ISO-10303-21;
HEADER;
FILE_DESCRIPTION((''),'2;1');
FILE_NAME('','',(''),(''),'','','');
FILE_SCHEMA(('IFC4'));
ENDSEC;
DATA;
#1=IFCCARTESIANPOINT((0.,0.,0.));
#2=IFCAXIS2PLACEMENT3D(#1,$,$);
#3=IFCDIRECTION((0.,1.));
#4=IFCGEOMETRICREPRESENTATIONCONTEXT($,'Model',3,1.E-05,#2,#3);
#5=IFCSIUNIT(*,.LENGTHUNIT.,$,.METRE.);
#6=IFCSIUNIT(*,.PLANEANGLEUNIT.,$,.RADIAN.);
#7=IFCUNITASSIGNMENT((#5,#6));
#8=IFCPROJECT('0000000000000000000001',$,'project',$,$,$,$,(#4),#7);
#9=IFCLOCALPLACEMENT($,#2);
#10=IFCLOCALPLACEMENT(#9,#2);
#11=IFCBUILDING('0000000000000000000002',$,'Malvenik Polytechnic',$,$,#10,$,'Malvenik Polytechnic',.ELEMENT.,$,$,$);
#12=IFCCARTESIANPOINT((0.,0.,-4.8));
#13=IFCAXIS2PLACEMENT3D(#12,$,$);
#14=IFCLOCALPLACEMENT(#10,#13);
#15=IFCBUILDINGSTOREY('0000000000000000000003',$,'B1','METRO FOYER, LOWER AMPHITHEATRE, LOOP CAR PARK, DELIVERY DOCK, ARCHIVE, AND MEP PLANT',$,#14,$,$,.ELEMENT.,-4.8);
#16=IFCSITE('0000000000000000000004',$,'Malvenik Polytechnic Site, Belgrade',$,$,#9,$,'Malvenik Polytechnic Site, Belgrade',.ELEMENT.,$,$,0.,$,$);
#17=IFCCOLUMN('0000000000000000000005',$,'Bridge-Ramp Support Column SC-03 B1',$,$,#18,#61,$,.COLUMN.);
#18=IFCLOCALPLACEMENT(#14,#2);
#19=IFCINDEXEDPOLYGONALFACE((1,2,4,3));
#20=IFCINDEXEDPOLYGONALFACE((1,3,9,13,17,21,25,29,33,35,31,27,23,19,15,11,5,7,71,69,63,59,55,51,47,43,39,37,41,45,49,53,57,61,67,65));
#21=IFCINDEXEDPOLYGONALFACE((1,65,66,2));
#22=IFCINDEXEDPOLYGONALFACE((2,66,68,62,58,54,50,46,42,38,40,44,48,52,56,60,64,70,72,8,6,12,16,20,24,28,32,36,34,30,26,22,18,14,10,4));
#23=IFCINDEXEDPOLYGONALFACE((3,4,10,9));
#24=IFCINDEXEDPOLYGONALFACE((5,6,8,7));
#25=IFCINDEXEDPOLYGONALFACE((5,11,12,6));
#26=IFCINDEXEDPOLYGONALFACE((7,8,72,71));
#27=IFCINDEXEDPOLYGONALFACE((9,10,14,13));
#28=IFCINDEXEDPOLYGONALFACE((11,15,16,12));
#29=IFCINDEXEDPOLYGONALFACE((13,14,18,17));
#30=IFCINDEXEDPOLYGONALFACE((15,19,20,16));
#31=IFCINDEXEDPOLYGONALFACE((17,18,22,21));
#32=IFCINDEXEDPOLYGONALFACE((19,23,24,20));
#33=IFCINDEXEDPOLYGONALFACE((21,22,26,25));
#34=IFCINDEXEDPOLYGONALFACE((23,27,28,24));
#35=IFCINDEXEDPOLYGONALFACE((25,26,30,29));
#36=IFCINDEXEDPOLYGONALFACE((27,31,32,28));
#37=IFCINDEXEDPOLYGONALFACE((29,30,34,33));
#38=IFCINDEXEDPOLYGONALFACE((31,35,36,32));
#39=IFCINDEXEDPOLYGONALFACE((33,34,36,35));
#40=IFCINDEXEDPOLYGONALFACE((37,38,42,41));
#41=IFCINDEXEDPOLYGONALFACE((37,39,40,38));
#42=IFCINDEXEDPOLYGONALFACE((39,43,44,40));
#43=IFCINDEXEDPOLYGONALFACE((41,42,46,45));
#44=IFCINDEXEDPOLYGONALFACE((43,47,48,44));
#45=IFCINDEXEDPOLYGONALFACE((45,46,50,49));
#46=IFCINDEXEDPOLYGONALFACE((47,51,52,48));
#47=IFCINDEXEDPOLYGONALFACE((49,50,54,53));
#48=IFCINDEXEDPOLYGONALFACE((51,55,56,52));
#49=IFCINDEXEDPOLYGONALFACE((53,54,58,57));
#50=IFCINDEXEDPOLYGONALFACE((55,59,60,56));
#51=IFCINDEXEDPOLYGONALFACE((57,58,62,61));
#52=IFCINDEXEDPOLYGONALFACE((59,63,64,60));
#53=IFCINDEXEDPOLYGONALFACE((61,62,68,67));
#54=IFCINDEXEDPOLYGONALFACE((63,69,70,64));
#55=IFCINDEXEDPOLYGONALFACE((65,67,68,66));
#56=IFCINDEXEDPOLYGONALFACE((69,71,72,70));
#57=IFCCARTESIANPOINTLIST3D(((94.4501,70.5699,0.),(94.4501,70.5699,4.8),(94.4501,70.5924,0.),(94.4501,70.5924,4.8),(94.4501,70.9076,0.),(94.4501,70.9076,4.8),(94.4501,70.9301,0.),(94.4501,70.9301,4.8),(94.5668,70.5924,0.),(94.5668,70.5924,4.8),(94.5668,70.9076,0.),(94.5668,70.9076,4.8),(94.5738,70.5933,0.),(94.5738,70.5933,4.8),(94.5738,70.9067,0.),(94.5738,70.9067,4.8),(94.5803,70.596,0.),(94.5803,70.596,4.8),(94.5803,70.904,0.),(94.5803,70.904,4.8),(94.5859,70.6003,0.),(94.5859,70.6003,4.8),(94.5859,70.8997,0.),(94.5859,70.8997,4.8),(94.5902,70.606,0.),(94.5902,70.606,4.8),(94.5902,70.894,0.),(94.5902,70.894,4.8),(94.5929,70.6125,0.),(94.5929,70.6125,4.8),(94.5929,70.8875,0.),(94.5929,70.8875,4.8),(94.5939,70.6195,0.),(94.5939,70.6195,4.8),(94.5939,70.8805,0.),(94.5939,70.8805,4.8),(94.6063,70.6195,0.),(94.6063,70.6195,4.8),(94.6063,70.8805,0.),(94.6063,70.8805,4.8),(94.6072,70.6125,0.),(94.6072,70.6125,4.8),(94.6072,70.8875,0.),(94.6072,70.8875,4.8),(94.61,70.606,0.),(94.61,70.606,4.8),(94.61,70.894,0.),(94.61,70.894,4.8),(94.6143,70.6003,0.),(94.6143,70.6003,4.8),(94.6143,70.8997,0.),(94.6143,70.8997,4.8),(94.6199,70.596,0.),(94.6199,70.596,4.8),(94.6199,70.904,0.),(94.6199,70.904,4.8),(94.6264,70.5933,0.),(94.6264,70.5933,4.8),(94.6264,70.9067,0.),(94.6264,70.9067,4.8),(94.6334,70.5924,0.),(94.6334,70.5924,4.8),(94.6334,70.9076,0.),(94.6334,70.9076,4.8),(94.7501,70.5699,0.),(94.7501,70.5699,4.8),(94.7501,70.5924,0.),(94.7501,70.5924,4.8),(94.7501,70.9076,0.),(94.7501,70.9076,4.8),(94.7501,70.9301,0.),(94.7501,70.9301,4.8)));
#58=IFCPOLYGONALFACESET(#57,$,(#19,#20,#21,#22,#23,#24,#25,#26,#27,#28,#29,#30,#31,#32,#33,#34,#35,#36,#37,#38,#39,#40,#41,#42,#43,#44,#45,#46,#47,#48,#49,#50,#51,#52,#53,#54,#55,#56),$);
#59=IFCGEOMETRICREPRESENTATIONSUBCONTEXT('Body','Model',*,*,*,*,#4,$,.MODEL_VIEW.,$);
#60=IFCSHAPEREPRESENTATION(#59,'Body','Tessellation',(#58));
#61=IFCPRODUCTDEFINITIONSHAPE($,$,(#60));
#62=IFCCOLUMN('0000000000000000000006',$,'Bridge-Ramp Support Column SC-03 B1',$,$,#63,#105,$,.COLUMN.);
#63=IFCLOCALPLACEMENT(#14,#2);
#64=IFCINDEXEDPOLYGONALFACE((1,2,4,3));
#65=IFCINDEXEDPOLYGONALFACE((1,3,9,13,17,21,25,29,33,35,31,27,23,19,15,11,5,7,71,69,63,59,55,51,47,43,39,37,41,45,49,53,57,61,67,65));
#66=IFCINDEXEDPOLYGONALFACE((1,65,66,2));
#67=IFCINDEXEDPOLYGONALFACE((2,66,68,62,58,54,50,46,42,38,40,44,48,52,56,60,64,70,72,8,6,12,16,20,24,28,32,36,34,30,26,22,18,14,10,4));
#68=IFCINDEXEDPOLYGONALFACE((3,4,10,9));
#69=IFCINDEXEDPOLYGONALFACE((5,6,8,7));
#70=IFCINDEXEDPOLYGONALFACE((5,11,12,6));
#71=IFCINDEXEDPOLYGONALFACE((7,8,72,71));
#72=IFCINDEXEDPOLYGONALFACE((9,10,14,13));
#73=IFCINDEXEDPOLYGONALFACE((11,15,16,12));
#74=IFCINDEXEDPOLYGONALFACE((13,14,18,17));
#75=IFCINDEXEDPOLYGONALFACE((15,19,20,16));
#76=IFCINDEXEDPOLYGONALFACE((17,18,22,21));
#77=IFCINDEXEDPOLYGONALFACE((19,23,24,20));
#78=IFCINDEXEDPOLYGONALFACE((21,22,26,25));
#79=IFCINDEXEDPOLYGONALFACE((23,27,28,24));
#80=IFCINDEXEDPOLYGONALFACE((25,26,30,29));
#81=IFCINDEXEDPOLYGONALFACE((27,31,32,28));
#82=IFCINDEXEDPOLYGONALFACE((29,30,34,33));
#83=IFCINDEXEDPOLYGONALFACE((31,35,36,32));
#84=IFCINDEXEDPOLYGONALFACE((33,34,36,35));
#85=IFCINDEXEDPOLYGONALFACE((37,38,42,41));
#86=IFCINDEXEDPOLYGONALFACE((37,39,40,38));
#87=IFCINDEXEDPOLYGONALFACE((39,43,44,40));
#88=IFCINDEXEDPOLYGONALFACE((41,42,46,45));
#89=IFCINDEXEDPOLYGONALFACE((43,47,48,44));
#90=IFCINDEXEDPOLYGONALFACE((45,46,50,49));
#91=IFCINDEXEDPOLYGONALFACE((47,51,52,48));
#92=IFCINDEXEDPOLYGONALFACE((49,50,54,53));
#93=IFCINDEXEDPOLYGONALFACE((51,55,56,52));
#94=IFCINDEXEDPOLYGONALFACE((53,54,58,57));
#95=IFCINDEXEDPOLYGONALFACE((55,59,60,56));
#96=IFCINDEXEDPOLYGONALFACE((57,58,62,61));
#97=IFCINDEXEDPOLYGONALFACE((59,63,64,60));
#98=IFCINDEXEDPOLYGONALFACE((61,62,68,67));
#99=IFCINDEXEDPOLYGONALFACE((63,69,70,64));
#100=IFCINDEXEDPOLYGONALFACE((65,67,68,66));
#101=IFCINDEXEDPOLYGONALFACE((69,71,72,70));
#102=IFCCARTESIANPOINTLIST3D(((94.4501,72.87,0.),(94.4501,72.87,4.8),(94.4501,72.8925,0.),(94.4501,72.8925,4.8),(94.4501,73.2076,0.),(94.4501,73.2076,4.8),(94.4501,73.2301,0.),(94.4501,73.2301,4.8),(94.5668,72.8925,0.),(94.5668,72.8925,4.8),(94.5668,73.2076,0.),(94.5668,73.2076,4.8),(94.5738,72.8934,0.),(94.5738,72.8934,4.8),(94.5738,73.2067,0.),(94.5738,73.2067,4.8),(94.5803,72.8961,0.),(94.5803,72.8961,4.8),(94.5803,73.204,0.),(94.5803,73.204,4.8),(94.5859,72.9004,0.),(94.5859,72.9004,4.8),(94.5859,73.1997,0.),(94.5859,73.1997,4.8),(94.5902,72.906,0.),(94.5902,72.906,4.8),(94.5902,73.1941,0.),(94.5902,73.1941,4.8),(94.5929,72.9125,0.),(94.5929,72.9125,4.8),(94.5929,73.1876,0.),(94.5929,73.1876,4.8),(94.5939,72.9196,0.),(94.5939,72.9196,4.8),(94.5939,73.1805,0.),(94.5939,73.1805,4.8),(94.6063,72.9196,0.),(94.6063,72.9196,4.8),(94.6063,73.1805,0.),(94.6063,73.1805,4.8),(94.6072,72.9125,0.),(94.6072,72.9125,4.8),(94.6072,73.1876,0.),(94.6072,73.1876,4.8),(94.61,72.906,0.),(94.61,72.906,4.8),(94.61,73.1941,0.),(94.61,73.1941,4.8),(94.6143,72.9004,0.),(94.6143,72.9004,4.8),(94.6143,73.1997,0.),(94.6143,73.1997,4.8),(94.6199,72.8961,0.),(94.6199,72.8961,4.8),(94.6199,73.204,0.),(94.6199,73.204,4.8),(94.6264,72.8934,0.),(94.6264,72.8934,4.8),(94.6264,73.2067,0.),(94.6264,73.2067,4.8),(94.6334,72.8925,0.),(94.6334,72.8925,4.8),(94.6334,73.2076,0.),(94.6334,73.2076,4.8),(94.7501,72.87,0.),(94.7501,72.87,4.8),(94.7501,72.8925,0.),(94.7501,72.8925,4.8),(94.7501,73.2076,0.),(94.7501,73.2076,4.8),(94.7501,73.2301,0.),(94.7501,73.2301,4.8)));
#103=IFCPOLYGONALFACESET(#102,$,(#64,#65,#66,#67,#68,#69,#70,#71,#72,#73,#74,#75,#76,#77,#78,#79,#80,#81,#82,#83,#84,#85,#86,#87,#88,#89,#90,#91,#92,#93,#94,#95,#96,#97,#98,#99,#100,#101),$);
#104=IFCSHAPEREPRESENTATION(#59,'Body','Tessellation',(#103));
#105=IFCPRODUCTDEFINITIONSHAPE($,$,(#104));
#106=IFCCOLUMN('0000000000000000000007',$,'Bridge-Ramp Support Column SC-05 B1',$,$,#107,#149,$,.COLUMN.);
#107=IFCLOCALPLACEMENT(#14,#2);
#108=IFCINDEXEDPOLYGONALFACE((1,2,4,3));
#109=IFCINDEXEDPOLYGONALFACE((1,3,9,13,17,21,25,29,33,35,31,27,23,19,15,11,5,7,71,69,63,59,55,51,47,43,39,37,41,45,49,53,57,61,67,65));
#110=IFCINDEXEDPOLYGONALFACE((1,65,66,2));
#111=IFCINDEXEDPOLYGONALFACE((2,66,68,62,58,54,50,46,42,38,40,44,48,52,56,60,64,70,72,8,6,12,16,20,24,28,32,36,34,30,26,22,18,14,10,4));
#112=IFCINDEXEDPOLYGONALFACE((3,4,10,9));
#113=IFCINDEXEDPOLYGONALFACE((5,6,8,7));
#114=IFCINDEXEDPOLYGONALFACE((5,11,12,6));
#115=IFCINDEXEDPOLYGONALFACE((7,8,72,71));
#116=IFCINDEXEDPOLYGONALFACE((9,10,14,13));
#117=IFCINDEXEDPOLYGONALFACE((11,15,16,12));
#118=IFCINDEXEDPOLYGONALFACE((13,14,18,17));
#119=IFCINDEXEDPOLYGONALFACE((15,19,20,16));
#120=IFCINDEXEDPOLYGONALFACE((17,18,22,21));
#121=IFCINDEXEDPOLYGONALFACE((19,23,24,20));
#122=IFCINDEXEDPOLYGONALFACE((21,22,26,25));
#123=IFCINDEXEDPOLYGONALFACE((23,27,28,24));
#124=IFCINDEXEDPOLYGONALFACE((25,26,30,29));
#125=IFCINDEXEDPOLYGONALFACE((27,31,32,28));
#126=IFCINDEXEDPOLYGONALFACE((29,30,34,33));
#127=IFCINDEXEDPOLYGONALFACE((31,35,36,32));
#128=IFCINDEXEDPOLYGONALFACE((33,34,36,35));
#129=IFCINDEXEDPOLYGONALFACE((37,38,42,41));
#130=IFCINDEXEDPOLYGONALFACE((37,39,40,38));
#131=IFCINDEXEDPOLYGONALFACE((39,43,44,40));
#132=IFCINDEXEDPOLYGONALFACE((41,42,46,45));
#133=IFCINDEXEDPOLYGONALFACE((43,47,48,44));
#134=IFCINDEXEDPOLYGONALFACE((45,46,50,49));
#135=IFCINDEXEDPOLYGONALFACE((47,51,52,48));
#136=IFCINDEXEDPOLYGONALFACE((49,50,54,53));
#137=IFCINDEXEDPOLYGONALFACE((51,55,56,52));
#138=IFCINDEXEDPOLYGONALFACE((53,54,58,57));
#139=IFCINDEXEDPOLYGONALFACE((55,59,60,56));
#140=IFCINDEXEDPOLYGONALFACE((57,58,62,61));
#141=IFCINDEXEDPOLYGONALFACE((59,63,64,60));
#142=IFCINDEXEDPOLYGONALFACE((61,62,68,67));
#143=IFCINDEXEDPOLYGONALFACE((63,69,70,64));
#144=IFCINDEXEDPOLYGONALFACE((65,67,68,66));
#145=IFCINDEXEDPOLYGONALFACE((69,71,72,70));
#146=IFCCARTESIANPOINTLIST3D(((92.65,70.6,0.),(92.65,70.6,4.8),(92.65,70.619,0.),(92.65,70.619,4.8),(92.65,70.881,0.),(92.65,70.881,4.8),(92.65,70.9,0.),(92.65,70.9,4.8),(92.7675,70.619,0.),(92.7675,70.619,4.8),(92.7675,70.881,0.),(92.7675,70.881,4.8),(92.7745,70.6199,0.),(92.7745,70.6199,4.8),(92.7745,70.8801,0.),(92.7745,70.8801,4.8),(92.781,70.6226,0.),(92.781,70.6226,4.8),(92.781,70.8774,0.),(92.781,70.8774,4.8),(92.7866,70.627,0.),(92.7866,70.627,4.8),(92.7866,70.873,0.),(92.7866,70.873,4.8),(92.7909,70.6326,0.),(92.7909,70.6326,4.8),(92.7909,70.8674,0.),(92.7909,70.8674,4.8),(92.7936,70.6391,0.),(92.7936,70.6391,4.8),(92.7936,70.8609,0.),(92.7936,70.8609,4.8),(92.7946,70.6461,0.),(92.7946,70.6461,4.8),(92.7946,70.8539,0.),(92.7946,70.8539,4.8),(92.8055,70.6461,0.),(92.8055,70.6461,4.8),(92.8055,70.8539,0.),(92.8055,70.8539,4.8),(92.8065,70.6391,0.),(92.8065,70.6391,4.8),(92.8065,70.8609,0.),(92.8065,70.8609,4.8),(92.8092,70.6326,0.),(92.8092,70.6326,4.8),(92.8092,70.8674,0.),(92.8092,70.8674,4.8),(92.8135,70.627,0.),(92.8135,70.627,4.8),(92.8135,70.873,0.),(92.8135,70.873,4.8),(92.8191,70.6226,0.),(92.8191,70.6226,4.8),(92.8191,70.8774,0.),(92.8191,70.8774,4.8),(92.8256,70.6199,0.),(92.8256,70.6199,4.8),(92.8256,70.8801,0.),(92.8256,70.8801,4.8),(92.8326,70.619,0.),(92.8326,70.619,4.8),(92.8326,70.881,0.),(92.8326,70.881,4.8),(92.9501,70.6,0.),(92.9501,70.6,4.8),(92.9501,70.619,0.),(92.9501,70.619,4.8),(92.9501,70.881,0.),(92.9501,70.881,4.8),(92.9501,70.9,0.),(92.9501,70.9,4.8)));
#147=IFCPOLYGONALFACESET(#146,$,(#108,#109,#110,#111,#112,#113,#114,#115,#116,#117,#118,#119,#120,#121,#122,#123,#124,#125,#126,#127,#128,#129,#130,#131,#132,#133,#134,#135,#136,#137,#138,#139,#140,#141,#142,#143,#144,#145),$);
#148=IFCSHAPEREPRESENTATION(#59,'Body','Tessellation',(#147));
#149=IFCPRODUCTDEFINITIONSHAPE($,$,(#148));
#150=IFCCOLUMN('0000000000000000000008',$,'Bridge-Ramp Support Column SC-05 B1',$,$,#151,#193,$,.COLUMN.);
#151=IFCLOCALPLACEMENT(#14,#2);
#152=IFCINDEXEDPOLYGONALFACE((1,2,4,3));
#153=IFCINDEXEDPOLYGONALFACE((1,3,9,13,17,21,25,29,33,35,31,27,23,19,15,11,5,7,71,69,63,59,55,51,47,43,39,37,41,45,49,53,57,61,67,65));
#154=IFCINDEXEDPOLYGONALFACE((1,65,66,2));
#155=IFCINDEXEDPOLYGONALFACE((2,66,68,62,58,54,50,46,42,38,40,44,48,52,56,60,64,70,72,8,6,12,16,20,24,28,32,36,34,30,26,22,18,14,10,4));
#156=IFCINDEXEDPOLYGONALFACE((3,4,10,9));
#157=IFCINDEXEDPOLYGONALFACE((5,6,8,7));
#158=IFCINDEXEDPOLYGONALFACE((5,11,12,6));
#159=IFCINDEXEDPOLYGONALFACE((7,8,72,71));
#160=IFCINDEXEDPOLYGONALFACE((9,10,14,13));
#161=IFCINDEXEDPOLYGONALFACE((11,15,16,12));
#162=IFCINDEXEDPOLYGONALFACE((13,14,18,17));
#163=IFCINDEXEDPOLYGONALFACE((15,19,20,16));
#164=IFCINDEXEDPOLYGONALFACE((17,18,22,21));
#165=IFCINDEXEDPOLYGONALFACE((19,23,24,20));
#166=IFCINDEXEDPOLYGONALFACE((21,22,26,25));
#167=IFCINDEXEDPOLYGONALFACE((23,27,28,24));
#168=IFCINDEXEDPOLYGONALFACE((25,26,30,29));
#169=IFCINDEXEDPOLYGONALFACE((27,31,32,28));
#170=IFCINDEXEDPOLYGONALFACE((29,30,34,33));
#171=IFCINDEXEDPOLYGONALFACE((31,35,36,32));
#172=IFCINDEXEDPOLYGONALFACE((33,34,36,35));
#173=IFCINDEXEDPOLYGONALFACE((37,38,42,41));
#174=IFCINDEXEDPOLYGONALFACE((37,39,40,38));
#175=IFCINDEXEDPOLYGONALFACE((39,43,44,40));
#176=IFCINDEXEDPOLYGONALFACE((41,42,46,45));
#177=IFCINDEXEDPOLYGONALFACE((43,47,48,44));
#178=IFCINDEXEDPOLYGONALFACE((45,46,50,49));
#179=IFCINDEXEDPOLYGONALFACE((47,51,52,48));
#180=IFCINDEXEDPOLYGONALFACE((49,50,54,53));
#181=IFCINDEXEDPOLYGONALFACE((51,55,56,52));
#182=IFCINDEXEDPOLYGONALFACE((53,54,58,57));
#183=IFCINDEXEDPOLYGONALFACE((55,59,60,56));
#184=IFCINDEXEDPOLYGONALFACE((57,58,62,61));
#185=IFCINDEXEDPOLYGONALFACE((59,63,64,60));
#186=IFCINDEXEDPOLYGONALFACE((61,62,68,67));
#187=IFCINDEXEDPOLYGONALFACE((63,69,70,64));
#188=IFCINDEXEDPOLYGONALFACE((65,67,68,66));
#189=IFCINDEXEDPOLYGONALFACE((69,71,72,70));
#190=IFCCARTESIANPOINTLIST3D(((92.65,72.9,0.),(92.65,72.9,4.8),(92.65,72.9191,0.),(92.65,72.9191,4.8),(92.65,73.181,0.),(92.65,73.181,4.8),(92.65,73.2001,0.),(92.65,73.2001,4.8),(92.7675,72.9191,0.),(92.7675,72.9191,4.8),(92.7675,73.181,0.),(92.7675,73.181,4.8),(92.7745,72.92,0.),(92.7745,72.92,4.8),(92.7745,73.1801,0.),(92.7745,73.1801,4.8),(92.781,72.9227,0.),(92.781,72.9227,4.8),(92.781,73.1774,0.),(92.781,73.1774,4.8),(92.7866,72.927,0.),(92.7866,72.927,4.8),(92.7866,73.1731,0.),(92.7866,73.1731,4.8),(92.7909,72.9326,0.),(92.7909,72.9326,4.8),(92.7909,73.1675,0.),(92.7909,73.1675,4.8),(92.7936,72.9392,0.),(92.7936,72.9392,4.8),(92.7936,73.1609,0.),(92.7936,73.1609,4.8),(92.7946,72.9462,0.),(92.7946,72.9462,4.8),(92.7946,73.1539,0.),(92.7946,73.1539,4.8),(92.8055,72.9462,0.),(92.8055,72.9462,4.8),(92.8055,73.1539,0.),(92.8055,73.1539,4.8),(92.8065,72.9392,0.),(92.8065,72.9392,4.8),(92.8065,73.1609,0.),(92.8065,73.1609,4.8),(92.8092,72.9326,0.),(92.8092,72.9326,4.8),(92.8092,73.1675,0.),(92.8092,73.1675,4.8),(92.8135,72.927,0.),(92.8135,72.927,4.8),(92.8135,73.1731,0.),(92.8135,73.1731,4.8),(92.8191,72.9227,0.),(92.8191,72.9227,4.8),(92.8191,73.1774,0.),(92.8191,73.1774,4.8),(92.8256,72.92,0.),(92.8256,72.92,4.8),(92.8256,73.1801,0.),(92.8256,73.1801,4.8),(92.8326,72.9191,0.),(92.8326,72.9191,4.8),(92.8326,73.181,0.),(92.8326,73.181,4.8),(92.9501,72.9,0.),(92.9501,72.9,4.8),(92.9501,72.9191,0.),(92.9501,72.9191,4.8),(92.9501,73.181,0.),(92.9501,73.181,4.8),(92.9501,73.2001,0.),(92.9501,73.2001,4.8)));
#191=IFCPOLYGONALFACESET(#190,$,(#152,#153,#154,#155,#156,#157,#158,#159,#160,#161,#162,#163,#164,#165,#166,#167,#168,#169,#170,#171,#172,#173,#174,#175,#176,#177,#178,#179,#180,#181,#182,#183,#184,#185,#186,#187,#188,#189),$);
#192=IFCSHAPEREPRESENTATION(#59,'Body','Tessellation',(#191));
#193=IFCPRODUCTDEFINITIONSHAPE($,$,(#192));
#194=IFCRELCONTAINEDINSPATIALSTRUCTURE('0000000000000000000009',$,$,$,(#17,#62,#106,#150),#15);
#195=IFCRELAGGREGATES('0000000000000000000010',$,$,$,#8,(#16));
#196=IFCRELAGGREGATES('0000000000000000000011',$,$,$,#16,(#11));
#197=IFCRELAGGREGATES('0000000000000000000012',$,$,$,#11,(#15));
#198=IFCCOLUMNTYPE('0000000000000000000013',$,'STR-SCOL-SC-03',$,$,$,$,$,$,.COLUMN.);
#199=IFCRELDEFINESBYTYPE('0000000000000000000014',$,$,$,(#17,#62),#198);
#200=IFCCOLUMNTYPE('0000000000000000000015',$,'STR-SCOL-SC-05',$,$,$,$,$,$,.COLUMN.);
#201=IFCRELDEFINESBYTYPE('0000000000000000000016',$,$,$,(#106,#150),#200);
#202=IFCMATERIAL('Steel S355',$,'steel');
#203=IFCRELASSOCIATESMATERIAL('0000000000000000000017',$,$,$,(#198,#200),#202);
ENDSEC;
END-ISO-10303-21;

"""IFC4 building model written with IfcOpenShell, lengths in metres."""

from ifc_helpers import new_model, si_unit, direction, frame, origin, origin_2d, place, context, subcontext, project, spatial, i_section, extrude, material, material_profile, profile_set, type_object, element, save


model = new_model("IFC4")

# Units and contexts
model_context = context("Model", 3, precision=1e-05, world=origin(), true_north=direction((0.0, 1.0)))
body_context = subcontext(model_context, "Body", "Model", "MODEL_VIEW")
ifc_project = project(units=[si_unit("LENGTHUNIT", "METRE"), si_unit("PLANEANGLEUNIT", "RADIAN")], contexts=[model_context])

# Site, building, storey
site_placement = place(None, origin())
site = spatial("IfcSite", under=ifc_project, at=site_placement, Name="Malvenik Polytechnic Site, Belgrade", LongName="Malvenik Polytechnic Site, Belgrade", CompositionType="ELEMENT", RefElevation=0.0)
building_placement = place(site_placement, origin())
building = spatial("IfcBuilding", under=site, at=building_placement, Name="Malvenik Polytechnic", LongName="Malvenik Polytechnic", CompositionType="ELEMENT")
storey_placement = place(building_placement, frame((0.0, 0.0, -4.8)))
storey = spatial("IfcBuildingStorey", under=building, at=storey_placement, Name="B1", Description="METRO FOYER, LOWER AMPHITHEATRE, LOOP CAR PARK, DELIVERY DOCK, ARCHIVE, AND MEP PLANT", CompositionType="ELEMENT", Elevation=-4.8)

# Columns
ifc_material_1 = material(Name="Steel S355", Category="steel")
ifc_material_profile_1 = material_profile(ifc_material_1, i_section(OverallWidth=0.3, OverallDepth=0.3601, WebThickness=0.0125, FlangeThickness=0.0225, FilletRadius=0.0271, at=origin_2d()), Name="HEB 360")
ifc_profile_set_1 = profile_set([ifc_material_profile_1], Name="Steel S355")
column_type_1 = type_object("IfcColumnType", Name="STR-SCOL-SC-03", PredefinedType="COLUMN", material=ifc_profile_set_1)
for number, where, z_axis, x_axis, name in (
    (1, (94.6001, 70.75, 0.0), (0.0, 0.0, 1.0), (1.0, 0.0, 0.0), "Bridge-Ramp Support Column SC-03 B1"),
    (2, (94.6001, 73.05, 0.0), (0.0, 0.0, 1.0), (1.0, 0.0, 0.0), "Bridge-Ramp Support Column SC-03 B1"),
):
    element("IfcColumn", number, at=place(storey_placement, frame(where, z_axis=z_axis, x_axis=x_axis)), inside=storey, type_object=column_type_1, Name=name, PredefinedType="COLUMN", context=body_context, shape_type="SweptSolid", body=[
        extrude(i_section(OverallWidth=0.3, OverallDepth=0.3601, WebThickness=0.0125, FlangeThickness=0.0225, FilletRadius=0.0271, at=origin_2d()), origin(), (0.0, 0.0, 1.0), 4.8),
    ])
ifc_material_profile_2 = material_profile(ifc_material_1, i_section(OverallWidth=0.3, OverallDepth=0.3, WebThickness=0.011, FlangeThickness=0.019, FilletRadius=0.0271, at=origin_2d()), Name="HEB 300")
ifc_profile_set_2 = profile_set([ifc_material_profile_2], Name="Steel S355")
column_type_2 = type_object("IfcColumnType", Name="STR-SCOL-SC-05", PredefinedType="COLUMN", material=ifc_profile_set_2)
for number, where, z_axis, x_axis, name in (
    (3, (92.8, 70.75, 0.0), (0.0, 0.0, 1.0), (1.0, 0.0, 0.0), "Bridge-Ramp Support Column SC-05 B1"),
    (4, (92.8, 73.05, 0.0), (0.0, 0.0, 1.0), (1.0, 0.0, 0.0), "Bridge-Ramp Support Column SC-05 B1"),
):
    element("IfcColumn", number, at=place(storey_placement, frame(where, z_axis=z_axis, x_axis=x_axis)), inside=storey, type_object=column_type_2, Name=name, PredefinedType="COLUMN", context=body_context, shape_type="SweptSolid", body=[
        extrude(i_section(OverallWidth=0.3, OverallDepth=0.3, WebThickness=0.011, FlangeThickness=0.019, FilletRadius=0.0271, at=origin_2d()), origin(), (0.0, 0.0, 1.0), 4.8),
    ])

save(model, "model.ifc")
